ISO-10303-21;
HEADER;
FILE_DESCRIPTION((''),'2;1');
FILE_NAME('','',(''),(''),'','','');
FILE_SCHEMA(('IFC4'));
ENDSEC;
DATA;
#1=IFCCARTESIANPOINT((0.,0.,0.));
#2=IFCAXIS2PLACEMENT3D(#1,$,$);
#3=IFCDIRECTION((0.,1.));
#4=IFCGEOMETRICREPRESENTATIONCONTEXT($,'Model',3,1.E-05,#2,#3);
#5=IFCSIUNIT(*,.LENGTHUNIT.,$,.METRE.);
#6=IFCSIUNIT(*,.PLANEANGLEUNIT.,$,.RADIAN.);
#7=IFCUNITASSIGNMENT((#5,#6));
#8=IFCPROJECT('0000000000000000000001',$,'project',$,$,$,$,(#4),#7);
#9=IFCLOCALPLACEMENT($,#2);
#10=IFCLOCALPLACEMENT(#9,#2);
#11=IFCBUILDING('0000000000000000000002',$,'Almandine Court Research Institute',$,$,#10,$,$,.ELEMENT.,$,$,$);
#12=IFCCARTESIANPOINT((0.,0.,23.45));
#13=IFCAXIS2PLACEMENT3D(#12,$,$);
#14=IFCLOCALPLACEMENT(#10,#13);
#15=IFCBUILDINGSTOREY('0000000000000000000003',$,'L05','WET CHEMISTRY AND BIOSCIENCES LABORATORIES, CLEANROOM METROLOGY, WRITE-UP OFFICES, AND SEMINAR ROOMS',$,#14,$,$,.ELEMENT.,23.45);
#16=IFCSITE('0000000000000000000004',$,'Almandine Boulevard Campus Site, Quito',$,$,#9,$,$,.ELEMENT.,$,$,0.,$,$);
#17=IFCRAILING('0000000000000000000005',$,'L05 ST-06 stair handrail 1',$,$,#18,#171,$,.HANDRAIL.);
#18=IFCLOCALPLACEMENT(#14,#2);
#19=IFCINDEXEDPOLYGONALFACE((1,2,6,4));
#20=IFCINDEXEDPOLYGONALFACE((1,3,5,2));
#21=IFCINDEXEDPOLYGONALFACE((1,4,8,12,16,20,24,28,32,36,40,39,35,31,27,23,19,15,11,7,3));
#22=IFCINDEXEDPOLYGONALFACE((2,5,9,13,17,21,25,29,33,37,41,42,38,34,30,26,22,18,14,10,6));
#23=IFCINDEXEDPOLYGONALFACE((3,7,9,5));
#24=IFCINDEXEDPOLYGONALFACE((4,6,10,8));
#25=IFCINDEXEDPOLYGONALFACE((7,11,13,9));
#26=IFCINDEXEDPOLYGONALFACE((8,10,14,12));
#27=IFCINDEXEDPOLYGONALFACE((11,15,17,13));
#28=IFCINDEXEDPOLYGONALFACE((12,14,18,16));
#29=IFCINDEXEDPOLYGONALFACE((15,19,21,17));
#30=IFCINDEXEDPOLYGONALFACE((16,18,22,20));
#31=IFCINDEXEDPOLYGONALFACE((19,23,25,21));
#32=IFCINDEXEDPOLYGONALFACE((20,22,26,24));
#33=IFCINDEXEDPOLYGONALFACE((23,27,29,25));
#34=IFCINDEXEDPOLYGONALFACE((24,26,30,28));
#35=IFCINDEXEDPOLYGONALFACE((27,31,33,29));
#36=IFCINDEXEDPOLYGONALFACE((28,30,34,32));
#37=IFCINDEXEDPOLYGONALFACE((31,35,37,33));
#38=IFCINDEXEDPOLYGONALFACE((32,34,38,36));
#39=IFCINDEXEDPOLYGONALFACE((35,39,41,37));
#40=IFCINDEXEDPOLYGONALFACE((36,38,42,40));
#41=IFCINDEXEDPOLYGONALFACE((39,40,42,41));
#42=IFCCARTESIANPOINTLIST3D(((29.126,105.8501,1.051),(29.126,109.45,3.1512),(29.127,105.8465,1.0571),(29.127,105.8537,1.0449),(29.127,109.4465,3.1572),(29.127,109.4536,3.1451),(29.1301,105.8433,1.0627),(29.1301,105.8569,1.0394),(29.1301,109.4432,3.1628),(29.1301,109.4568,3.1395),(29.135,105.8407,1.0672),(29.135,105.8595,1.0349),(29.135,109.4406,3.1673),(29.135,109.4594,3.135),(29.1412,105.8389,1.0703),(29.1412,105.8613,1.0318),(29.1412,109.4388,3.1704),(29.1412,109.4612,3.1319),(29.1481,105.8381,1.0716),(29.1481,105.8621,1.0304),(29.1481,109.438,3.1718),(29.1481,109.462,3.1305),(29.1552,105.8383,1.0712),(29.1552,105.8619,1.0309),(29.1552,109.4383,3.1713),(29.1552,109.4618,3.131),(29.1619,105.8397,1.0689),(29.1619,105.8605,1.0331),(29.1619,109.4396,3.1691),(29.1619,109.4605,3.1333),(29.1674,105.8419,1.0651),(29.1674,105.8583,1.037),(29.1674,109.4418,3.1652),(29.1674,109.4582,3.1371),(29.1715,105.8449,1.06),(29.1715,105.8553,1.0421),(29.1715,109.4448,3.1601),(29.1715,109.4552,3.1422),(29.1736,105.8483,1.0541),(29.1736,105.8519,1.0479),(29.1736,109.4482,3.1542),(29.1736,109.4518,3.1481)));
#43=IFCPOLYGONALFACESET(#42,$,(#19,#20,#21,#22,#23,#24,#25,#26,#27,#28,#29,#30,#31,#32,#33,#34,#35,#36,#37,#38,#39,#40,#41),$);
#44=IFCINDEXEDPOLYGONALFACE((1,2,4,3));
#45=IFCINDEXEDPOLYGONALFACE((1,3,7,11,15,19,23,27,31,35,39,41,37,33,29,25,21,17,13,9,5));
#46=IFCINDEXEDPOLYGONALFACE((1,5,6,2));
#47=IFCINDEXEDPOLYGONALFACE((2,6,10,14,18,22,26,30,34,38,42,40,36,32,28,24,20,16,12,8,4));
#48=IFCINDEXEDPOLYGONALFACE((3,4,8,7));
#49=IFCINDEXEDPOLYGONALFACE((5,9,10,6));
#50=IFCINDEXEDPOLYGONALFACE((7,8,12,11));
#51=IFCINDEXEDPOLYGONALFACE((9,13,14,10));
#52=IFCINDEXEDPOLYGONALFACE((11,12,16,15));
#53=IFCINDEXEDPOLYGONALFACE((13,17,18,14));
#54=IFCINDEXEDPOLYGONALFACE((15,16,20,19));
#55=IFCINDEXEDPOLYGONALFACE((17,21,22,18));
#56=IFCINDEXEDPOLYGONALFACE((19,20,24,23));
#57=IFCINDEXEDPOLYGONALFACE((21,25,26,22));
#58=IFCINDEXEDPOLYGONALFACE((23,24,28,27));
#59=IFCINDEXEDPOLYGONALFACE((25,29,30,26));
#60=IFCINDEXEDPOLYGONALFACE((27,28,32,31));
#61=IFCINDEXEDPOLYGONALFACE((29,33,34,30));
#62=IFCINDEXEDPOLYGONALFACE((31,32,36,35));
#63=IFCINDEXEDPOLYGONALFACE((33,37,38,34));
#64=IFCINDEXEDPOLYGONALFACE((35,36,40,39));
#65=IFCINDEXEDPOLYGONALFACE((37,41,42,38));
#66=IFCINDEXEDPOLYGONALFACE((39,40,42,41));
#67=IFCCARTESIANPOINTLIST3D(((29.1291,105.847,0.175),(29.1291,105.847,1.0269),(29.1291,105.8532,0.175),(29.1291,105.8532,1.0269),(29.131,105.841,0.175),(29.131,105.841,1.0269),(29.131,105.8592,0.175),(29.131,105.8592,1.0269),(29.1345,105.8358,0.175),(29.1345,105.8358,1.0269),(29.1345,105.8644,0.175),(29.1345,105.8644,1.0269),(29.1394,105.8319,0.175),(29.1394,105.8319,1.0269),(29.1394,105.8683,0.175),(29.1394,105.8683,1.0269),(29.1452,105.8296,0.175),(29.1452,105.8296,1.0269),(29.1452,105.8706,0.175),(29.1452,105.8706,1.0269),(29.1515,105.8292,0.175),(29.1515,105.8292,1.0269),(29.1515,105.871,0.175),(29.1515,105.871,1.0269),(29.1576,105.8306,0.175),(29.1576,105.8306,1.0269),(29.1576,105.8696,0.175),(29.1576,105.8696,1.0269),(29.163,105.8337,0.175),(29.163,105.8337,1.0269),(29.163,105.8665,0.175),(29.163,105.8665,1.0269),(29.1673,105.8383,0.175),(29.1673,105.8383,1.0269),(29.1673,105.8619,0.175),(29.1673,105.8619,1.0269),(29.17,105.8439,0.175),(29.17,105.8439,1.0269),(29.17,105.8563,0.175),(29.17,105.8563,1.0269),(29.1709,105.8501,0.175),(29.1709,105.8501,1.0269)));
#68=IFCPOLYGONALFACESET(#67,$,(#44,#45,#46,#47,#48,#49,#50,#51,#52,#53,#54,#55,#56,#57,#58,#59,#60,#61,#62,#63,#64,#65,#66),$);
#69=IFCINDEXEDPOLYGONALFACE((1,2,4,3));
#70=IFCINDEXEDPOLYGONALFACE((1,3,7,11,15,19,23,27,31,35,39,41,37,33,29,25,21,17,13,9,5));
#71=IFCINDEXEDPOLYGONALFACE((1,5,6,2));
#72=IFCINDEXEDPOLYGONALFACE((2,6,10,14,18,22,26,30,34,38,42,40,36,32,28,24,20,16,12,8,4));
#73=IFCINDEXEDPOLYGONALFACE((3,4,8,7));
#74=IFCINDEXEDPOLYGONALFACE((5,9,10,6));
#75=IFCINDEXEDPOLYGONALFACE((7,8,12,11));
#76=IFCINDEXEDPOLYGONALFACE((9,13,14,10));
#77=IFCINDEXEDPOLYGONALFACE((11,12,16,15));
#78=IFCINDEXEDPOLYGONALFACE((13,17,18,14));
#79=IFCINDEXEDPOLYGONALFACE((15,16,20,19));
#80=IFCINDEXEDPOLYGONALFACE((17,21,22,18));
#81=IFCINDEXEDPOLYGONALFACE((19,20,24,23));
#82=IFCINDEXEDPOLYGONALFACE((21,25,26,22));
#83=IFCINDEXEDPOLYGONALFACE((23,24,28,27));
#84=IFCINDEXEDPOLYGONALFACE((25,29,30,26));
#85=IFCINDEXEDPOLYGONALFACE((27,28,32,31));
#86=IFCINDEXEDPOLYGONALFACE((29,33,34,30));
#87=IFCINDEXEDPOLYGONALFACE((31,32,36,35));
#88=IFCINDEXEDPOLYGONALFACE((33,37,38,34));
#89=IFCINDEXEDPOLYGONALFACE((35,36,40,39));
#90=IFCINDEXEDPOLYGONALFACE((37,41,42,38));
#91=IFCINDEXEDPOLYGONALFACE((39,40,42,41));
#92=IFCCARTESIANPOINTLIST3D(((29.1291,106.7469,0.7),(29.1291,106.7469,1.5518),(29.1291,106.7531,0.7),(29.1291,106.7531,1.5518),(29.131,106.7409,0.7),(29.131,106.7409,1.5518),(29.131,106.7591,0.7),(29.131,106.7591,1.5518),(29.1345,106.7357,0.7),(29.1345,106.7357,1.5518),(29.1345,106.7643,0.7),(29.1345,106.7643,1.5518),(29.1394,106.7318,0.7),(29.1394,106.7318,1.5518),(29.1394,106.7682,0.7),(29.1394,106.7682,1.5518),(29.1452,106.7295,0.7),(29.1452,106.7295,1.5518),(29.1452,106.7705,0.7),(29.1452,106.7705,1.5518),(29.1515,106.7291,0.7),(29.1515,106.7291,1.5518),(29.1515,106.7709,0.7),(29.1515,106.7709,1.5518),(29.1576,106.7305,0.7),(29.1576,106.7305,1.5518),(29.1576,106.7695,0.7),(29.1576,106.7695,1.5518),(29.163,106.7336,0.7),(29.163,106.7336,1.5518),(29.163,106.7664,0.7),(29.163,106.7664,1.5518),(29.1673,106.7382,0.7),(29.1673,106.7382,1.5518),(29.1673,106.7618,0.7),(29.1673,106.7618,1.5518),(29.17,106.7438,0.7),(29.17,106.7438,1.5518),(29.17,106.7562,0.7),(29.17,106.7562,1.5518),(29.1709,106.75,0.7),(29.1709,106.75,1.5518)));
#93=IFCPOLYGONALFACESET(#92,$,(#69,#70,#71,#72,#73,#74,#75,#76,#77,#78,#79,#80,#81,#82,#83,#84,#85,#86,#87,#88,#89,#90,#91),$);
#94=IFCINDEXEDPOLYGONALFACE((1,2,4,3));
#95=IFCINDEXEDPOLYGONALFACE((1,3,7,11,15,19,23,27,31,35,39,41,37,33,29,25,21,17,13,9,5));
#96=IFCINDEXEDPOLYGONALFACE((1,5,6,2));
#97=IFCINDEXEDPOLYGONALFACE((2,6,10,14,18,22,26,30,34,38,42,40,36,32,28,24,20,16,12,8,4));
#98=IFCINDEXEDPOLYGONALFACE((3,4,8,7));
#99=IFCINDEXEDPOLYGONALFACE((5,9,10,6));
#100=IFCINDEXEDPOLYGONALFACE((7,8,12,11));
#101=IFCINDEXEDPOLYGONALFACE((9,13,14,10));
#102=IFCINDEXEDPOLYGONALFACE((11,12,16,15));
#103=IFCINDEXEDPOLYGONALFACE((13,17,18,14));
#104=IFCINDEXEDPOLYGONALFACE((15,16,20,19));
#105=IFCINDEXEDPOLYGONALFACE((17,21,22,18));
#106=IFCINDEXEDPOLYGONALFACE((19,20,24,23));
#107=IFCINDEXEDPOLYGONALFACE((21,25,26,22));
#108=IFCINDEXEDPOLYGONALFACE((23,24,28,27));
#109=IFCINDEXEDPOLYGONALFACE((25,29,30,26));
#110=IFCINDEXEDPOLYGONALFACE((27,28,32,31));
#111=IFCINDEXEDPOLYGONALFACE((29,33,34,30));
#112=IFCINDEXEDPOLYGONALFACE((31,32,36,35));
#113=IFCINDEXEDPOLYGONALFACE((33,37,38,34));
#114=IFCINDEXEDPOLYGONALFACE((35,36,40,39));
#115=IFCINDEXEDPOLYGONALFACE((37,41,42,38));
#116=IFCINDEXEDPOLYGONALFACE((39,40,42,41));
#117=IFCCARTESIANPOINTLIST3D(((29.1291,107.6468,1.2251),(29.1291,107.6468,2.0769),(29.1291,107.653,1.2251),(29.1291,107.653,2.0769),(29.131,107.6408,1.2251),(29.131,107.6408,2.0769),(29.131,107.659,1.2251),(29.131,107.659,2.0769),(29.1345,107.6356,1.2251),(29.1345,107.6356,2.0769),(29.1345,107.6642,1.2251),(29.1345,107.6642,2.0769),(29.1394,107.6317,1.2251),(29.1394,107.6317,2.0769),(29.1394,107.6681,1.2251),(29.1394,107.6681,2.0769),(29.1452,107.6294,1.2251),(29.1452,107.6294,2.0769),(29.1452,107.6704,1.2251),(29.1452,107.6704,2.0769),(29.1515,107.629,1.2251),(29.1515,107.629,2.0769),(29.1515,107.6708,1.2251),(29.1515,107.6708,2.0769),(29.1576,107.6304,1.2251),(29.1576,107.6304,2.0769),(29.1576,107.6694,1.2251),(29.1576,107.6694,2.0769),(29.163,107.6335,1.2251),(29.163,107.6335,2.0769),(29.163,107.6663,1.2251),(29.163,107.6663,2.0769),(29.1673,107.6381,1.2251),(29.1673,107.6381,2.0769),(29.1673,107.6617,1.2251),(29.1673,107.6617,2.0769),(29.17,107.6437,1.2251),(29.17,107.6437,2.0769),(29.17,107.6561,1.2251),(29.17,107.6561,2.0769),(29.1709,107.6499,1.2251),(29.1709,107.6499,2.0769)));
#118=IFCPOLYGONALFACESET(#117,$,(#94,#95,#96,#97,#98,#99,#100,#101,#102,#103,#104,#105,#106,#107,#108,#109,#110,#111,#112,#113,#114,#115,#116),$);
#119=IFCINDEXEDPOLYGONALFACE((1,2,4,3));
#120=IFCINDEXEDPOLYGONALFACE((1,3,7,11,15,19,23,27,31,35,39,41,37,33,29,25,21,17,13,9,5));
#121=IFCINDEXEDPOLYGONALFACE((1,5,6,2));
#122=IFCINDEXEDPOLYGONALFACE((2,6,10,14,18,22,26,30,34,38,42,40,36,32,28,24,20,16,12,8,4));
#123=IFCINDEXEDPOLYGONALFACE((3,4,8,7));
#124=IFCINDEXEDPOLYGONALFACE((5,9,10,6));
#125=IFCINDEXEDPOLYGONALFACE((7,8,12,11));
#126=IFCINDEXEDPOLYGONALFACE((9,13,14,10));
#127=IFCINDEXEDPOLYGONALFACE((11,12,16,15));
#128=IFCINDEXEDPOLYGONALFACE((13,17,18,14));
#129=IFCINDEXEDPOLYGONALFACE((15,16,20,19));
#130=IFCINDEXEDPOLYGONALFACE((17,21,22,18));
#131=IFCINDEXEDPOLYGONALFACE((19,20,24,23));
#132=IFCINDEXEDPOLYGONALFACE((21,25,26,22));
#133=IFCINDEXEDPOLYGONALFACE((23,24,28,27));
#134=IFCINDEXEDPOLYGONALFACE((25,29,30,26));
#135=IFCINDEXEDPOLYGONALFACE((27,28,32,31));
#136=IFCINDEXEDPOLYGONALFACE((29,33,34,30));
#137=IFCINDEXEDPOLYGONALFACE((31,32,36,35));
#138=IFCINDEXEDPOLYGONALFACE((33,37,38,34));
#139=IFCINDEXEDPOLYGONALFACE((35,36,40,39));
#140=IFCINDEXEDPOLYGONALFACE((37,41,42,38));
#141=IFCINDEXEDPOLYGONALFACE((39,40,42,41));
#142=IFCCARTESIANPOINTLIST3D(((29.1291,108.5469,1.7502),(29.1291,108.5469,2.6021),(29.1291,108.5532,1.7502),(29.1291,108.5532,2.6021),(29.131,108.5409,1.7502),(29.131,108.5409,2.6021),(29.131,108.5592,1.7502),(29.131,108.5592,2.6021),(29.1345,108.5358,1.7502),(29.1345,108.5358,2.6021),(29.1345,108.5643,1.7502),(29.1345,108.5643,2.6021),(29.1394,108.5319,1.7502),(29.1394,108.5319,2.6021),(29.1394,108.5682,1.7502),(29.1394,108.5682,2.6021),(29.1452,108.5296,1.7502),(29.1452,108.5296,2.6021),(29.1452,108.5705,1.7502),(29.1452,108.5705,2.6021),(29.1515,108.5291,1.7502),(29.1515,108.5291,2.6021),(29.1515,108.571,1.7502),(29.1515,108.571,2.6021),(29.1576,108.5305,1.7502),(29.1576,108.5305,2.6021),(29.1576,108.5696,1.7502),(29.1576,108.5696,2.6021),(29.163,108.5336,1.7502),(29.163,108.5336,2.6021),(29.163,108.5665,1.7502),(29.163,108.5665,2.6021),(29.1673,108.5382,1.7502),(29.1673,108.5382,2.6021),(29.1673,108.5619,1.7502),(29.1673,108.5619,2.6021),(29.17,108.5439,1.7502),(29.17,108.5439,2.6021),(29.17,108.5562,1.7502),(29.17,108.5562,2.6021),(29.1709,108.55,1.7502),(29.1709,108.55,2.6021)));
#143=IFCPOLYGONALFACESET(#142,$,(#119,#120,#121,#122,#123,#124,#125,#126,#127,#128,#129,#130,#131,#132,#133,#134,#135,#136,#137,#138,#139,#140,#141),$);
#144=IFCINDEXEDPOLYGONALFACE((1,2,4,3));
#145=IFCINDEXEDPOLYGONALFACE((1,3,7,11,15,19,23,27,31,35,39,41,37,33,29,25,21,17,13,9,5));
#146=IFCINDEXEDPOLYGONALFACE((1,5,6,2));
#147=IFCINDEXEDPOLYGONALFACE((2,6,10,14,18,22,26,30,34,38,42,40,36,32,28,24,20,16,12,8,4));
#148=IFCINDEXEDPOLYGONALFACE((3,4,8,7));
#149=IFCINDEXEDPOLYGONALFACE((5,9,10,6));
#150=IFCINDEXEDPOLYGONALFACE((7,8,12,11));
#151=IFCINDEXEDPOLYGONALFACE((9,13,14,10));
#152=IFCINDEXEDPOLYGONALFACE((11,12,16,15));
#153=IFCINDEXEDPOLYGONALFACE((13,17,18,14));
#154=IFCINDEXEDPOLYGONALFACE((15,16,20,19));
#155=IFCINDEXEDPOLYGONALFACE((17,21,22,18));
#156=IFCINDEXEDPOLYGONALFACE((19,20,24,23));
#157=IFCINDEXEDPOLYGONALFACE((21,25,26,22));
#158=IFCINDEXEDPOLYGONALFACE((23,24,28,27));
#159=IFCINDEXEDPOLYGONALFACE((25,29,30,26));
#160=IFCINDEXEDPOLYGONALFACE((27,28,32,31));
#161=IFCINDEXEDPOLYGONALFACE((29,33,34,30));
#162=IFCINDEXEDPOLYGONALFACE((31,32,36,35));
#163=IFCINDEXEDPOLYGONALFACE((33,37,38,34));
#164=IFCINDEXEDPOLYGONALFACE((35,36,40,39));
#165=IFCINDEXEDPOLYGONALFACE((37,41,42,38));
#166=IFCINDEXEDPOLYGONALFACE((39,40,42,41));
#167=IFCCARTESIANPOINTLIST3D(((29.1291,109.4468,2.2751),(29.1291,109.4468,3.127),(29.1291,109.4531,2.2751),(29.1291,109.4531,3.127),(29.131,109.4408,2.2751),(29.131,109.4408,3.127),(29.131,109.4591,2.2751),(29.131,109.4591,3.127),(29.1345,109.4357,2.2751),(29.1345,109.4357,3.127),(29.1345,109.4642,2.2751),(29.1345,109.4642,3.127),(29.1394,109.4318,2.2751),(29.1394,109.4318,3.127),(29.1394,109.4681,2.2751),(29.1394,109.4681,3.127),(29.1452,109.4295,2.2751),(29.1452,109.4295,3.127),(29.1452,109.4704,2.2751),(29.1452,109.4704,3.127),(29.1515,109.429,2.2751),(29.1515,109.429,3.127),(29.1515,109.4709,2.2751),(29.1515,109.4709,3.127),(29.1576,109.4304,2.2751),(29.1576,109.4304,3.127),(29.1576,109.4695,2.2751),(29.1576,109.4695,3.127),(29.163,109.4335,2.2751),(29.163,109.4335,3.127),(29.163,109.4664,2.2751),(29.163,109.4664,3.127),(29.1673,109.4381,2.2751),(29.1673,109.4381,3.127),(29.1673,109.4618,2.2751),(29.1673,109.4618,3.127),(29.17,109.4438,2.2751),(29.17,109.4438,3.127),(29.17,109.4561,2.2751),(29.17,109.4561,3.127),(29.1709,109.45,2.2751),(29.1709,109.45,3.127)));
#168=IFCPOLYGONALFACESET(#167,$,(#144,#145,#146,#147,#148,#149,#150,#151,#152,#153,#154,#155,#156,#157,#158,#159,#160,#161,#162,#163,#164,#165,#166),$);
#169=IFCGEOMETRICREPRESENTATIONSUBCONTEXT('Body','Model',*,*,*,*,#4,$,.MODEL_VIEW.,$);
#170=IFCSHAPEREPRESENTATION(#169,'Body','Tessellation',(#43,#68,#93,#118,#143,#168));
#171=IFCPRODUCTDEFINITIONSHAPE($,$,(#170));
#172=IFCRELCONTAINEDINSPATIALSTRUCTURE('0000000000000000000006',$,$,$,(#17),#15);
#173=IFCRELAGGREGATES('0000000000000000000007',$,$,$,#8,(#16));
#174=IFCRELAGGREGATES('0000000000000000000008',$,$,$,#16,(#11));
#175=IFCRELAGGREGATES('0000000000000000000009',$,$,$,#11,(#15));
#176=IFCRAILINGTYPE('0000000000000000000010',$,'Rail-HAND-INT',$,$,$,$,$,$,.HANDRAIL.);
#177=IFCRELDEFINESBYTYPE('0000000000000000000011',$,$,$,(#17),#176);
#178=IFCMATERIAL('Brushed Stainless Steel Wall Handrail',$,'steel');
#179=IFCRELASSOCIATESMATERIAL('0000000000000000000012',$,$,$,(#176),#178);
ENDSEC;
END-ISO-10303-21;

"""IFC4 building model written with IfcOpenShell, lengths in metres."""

from ifc_helpers import new_model, si_unit, direction, frame, origin, origin_2d, place, context, subcontext, project, spatial, circle, extrude, material, type_object, element, save


model = new_model("IFC4")

# Units and contexts
model_context = context("Model", 3, precision=1e-05, world=origin(), true_north=direction((0.0, 1.0)))
body_context = subcontext(model_context, "Body", "Model", "MODEL_VIEW")
ifc_project = project(units=[si_unit("LENGTHUNIT", "METRE"), si_unit("PLANEANGLEUNIT", "RADIAN")], contexts=[model_context])

# Site, building, storey
site_placement = place(None, origin())
site = spatial("IfcSite", under=ifc_project, at=site_placement, Name="Almandine Boulevard Campus Site, Quito", CompositionType="ELEMENT", RefElevation=0.0)
building_placement = place(site_placement, origin())
building = spatial("IfcBuilding", under=site, at=building_placement, Name="Almandine Court Research Institute", CompositionType="ELEMENT")
storey_placement = place(building_placement, frame((0.0, 0.0, 23.45)))
storey = spatial("IfcBuildingStorey", under=building, at=storey_placement, Name="L05", Description="WET CHEMISTRY AND BIOSCIENCES LABORATORIES, CLEANROOM METROLOGY, WRITE-UP OFFICES, AND SEMINAR ROOMS", CompositionType="ELEMENT", Elevation=23.45)

# Railing
ifc_material_1 = material(Name="Brushed Stainless Steel Wall Handrail", Category="steel")
railing_type_1 = type_object("IfcRailingType", Name="Rail-HAND-INT", PredefinedType="HANDRAIL", material=ifc_material_1)
railing_1_placement = place(storey_placement, frame((29.1499, 105.8501, 0.175)))
element("IfcRailing", 1, at=railing_1_placement, inside=storey, type_object=railing_type_1, Name="L05 ST-06 stair handrail 1", PredefinedType="HANDRAIL", context=body_context, shape_type="SweptSolid", body=[
    extrude(circle(Radius=0.0239, at=origin_2d()), frame((0.0, 0.0, 0.876), z_axis=(0.0, 0.86376, 0.503904), x_axis=(-1.0, 0.0, 0.0)), (0.0, 0.0, 1.0), 4.1677),
    extrude(circle(Radius=0.021, at=origin_2d()), origin(), (0.0, 0.0, 1.0), 0.8518),
    extrude(circle(Radius=0.021, at=origin_2d()), frame((0.0, 0.8999, 0.5249)), (0.0, 0.0, 1.0), 0.8518),
    extrude(circle(Radius=0.021, at=origin_2d()), frame((0.0, 1.7998, 1.05)), (0.0, 0.0, 1.0), 0.8518),
    extrude(circle(Radius=0.021, at=origin_2d()), frame((0.0, 2.7, 1.5752)), (0.0, 0.0, 1.0), 0.8518),
    extrude(circle(Radius=0.021, at=origin_2d()), frame((0.0, 3.5999, 2.1001)), (0.0, 0.0, 1.0), 0.8518),
])

save(model, "model.ifc")
